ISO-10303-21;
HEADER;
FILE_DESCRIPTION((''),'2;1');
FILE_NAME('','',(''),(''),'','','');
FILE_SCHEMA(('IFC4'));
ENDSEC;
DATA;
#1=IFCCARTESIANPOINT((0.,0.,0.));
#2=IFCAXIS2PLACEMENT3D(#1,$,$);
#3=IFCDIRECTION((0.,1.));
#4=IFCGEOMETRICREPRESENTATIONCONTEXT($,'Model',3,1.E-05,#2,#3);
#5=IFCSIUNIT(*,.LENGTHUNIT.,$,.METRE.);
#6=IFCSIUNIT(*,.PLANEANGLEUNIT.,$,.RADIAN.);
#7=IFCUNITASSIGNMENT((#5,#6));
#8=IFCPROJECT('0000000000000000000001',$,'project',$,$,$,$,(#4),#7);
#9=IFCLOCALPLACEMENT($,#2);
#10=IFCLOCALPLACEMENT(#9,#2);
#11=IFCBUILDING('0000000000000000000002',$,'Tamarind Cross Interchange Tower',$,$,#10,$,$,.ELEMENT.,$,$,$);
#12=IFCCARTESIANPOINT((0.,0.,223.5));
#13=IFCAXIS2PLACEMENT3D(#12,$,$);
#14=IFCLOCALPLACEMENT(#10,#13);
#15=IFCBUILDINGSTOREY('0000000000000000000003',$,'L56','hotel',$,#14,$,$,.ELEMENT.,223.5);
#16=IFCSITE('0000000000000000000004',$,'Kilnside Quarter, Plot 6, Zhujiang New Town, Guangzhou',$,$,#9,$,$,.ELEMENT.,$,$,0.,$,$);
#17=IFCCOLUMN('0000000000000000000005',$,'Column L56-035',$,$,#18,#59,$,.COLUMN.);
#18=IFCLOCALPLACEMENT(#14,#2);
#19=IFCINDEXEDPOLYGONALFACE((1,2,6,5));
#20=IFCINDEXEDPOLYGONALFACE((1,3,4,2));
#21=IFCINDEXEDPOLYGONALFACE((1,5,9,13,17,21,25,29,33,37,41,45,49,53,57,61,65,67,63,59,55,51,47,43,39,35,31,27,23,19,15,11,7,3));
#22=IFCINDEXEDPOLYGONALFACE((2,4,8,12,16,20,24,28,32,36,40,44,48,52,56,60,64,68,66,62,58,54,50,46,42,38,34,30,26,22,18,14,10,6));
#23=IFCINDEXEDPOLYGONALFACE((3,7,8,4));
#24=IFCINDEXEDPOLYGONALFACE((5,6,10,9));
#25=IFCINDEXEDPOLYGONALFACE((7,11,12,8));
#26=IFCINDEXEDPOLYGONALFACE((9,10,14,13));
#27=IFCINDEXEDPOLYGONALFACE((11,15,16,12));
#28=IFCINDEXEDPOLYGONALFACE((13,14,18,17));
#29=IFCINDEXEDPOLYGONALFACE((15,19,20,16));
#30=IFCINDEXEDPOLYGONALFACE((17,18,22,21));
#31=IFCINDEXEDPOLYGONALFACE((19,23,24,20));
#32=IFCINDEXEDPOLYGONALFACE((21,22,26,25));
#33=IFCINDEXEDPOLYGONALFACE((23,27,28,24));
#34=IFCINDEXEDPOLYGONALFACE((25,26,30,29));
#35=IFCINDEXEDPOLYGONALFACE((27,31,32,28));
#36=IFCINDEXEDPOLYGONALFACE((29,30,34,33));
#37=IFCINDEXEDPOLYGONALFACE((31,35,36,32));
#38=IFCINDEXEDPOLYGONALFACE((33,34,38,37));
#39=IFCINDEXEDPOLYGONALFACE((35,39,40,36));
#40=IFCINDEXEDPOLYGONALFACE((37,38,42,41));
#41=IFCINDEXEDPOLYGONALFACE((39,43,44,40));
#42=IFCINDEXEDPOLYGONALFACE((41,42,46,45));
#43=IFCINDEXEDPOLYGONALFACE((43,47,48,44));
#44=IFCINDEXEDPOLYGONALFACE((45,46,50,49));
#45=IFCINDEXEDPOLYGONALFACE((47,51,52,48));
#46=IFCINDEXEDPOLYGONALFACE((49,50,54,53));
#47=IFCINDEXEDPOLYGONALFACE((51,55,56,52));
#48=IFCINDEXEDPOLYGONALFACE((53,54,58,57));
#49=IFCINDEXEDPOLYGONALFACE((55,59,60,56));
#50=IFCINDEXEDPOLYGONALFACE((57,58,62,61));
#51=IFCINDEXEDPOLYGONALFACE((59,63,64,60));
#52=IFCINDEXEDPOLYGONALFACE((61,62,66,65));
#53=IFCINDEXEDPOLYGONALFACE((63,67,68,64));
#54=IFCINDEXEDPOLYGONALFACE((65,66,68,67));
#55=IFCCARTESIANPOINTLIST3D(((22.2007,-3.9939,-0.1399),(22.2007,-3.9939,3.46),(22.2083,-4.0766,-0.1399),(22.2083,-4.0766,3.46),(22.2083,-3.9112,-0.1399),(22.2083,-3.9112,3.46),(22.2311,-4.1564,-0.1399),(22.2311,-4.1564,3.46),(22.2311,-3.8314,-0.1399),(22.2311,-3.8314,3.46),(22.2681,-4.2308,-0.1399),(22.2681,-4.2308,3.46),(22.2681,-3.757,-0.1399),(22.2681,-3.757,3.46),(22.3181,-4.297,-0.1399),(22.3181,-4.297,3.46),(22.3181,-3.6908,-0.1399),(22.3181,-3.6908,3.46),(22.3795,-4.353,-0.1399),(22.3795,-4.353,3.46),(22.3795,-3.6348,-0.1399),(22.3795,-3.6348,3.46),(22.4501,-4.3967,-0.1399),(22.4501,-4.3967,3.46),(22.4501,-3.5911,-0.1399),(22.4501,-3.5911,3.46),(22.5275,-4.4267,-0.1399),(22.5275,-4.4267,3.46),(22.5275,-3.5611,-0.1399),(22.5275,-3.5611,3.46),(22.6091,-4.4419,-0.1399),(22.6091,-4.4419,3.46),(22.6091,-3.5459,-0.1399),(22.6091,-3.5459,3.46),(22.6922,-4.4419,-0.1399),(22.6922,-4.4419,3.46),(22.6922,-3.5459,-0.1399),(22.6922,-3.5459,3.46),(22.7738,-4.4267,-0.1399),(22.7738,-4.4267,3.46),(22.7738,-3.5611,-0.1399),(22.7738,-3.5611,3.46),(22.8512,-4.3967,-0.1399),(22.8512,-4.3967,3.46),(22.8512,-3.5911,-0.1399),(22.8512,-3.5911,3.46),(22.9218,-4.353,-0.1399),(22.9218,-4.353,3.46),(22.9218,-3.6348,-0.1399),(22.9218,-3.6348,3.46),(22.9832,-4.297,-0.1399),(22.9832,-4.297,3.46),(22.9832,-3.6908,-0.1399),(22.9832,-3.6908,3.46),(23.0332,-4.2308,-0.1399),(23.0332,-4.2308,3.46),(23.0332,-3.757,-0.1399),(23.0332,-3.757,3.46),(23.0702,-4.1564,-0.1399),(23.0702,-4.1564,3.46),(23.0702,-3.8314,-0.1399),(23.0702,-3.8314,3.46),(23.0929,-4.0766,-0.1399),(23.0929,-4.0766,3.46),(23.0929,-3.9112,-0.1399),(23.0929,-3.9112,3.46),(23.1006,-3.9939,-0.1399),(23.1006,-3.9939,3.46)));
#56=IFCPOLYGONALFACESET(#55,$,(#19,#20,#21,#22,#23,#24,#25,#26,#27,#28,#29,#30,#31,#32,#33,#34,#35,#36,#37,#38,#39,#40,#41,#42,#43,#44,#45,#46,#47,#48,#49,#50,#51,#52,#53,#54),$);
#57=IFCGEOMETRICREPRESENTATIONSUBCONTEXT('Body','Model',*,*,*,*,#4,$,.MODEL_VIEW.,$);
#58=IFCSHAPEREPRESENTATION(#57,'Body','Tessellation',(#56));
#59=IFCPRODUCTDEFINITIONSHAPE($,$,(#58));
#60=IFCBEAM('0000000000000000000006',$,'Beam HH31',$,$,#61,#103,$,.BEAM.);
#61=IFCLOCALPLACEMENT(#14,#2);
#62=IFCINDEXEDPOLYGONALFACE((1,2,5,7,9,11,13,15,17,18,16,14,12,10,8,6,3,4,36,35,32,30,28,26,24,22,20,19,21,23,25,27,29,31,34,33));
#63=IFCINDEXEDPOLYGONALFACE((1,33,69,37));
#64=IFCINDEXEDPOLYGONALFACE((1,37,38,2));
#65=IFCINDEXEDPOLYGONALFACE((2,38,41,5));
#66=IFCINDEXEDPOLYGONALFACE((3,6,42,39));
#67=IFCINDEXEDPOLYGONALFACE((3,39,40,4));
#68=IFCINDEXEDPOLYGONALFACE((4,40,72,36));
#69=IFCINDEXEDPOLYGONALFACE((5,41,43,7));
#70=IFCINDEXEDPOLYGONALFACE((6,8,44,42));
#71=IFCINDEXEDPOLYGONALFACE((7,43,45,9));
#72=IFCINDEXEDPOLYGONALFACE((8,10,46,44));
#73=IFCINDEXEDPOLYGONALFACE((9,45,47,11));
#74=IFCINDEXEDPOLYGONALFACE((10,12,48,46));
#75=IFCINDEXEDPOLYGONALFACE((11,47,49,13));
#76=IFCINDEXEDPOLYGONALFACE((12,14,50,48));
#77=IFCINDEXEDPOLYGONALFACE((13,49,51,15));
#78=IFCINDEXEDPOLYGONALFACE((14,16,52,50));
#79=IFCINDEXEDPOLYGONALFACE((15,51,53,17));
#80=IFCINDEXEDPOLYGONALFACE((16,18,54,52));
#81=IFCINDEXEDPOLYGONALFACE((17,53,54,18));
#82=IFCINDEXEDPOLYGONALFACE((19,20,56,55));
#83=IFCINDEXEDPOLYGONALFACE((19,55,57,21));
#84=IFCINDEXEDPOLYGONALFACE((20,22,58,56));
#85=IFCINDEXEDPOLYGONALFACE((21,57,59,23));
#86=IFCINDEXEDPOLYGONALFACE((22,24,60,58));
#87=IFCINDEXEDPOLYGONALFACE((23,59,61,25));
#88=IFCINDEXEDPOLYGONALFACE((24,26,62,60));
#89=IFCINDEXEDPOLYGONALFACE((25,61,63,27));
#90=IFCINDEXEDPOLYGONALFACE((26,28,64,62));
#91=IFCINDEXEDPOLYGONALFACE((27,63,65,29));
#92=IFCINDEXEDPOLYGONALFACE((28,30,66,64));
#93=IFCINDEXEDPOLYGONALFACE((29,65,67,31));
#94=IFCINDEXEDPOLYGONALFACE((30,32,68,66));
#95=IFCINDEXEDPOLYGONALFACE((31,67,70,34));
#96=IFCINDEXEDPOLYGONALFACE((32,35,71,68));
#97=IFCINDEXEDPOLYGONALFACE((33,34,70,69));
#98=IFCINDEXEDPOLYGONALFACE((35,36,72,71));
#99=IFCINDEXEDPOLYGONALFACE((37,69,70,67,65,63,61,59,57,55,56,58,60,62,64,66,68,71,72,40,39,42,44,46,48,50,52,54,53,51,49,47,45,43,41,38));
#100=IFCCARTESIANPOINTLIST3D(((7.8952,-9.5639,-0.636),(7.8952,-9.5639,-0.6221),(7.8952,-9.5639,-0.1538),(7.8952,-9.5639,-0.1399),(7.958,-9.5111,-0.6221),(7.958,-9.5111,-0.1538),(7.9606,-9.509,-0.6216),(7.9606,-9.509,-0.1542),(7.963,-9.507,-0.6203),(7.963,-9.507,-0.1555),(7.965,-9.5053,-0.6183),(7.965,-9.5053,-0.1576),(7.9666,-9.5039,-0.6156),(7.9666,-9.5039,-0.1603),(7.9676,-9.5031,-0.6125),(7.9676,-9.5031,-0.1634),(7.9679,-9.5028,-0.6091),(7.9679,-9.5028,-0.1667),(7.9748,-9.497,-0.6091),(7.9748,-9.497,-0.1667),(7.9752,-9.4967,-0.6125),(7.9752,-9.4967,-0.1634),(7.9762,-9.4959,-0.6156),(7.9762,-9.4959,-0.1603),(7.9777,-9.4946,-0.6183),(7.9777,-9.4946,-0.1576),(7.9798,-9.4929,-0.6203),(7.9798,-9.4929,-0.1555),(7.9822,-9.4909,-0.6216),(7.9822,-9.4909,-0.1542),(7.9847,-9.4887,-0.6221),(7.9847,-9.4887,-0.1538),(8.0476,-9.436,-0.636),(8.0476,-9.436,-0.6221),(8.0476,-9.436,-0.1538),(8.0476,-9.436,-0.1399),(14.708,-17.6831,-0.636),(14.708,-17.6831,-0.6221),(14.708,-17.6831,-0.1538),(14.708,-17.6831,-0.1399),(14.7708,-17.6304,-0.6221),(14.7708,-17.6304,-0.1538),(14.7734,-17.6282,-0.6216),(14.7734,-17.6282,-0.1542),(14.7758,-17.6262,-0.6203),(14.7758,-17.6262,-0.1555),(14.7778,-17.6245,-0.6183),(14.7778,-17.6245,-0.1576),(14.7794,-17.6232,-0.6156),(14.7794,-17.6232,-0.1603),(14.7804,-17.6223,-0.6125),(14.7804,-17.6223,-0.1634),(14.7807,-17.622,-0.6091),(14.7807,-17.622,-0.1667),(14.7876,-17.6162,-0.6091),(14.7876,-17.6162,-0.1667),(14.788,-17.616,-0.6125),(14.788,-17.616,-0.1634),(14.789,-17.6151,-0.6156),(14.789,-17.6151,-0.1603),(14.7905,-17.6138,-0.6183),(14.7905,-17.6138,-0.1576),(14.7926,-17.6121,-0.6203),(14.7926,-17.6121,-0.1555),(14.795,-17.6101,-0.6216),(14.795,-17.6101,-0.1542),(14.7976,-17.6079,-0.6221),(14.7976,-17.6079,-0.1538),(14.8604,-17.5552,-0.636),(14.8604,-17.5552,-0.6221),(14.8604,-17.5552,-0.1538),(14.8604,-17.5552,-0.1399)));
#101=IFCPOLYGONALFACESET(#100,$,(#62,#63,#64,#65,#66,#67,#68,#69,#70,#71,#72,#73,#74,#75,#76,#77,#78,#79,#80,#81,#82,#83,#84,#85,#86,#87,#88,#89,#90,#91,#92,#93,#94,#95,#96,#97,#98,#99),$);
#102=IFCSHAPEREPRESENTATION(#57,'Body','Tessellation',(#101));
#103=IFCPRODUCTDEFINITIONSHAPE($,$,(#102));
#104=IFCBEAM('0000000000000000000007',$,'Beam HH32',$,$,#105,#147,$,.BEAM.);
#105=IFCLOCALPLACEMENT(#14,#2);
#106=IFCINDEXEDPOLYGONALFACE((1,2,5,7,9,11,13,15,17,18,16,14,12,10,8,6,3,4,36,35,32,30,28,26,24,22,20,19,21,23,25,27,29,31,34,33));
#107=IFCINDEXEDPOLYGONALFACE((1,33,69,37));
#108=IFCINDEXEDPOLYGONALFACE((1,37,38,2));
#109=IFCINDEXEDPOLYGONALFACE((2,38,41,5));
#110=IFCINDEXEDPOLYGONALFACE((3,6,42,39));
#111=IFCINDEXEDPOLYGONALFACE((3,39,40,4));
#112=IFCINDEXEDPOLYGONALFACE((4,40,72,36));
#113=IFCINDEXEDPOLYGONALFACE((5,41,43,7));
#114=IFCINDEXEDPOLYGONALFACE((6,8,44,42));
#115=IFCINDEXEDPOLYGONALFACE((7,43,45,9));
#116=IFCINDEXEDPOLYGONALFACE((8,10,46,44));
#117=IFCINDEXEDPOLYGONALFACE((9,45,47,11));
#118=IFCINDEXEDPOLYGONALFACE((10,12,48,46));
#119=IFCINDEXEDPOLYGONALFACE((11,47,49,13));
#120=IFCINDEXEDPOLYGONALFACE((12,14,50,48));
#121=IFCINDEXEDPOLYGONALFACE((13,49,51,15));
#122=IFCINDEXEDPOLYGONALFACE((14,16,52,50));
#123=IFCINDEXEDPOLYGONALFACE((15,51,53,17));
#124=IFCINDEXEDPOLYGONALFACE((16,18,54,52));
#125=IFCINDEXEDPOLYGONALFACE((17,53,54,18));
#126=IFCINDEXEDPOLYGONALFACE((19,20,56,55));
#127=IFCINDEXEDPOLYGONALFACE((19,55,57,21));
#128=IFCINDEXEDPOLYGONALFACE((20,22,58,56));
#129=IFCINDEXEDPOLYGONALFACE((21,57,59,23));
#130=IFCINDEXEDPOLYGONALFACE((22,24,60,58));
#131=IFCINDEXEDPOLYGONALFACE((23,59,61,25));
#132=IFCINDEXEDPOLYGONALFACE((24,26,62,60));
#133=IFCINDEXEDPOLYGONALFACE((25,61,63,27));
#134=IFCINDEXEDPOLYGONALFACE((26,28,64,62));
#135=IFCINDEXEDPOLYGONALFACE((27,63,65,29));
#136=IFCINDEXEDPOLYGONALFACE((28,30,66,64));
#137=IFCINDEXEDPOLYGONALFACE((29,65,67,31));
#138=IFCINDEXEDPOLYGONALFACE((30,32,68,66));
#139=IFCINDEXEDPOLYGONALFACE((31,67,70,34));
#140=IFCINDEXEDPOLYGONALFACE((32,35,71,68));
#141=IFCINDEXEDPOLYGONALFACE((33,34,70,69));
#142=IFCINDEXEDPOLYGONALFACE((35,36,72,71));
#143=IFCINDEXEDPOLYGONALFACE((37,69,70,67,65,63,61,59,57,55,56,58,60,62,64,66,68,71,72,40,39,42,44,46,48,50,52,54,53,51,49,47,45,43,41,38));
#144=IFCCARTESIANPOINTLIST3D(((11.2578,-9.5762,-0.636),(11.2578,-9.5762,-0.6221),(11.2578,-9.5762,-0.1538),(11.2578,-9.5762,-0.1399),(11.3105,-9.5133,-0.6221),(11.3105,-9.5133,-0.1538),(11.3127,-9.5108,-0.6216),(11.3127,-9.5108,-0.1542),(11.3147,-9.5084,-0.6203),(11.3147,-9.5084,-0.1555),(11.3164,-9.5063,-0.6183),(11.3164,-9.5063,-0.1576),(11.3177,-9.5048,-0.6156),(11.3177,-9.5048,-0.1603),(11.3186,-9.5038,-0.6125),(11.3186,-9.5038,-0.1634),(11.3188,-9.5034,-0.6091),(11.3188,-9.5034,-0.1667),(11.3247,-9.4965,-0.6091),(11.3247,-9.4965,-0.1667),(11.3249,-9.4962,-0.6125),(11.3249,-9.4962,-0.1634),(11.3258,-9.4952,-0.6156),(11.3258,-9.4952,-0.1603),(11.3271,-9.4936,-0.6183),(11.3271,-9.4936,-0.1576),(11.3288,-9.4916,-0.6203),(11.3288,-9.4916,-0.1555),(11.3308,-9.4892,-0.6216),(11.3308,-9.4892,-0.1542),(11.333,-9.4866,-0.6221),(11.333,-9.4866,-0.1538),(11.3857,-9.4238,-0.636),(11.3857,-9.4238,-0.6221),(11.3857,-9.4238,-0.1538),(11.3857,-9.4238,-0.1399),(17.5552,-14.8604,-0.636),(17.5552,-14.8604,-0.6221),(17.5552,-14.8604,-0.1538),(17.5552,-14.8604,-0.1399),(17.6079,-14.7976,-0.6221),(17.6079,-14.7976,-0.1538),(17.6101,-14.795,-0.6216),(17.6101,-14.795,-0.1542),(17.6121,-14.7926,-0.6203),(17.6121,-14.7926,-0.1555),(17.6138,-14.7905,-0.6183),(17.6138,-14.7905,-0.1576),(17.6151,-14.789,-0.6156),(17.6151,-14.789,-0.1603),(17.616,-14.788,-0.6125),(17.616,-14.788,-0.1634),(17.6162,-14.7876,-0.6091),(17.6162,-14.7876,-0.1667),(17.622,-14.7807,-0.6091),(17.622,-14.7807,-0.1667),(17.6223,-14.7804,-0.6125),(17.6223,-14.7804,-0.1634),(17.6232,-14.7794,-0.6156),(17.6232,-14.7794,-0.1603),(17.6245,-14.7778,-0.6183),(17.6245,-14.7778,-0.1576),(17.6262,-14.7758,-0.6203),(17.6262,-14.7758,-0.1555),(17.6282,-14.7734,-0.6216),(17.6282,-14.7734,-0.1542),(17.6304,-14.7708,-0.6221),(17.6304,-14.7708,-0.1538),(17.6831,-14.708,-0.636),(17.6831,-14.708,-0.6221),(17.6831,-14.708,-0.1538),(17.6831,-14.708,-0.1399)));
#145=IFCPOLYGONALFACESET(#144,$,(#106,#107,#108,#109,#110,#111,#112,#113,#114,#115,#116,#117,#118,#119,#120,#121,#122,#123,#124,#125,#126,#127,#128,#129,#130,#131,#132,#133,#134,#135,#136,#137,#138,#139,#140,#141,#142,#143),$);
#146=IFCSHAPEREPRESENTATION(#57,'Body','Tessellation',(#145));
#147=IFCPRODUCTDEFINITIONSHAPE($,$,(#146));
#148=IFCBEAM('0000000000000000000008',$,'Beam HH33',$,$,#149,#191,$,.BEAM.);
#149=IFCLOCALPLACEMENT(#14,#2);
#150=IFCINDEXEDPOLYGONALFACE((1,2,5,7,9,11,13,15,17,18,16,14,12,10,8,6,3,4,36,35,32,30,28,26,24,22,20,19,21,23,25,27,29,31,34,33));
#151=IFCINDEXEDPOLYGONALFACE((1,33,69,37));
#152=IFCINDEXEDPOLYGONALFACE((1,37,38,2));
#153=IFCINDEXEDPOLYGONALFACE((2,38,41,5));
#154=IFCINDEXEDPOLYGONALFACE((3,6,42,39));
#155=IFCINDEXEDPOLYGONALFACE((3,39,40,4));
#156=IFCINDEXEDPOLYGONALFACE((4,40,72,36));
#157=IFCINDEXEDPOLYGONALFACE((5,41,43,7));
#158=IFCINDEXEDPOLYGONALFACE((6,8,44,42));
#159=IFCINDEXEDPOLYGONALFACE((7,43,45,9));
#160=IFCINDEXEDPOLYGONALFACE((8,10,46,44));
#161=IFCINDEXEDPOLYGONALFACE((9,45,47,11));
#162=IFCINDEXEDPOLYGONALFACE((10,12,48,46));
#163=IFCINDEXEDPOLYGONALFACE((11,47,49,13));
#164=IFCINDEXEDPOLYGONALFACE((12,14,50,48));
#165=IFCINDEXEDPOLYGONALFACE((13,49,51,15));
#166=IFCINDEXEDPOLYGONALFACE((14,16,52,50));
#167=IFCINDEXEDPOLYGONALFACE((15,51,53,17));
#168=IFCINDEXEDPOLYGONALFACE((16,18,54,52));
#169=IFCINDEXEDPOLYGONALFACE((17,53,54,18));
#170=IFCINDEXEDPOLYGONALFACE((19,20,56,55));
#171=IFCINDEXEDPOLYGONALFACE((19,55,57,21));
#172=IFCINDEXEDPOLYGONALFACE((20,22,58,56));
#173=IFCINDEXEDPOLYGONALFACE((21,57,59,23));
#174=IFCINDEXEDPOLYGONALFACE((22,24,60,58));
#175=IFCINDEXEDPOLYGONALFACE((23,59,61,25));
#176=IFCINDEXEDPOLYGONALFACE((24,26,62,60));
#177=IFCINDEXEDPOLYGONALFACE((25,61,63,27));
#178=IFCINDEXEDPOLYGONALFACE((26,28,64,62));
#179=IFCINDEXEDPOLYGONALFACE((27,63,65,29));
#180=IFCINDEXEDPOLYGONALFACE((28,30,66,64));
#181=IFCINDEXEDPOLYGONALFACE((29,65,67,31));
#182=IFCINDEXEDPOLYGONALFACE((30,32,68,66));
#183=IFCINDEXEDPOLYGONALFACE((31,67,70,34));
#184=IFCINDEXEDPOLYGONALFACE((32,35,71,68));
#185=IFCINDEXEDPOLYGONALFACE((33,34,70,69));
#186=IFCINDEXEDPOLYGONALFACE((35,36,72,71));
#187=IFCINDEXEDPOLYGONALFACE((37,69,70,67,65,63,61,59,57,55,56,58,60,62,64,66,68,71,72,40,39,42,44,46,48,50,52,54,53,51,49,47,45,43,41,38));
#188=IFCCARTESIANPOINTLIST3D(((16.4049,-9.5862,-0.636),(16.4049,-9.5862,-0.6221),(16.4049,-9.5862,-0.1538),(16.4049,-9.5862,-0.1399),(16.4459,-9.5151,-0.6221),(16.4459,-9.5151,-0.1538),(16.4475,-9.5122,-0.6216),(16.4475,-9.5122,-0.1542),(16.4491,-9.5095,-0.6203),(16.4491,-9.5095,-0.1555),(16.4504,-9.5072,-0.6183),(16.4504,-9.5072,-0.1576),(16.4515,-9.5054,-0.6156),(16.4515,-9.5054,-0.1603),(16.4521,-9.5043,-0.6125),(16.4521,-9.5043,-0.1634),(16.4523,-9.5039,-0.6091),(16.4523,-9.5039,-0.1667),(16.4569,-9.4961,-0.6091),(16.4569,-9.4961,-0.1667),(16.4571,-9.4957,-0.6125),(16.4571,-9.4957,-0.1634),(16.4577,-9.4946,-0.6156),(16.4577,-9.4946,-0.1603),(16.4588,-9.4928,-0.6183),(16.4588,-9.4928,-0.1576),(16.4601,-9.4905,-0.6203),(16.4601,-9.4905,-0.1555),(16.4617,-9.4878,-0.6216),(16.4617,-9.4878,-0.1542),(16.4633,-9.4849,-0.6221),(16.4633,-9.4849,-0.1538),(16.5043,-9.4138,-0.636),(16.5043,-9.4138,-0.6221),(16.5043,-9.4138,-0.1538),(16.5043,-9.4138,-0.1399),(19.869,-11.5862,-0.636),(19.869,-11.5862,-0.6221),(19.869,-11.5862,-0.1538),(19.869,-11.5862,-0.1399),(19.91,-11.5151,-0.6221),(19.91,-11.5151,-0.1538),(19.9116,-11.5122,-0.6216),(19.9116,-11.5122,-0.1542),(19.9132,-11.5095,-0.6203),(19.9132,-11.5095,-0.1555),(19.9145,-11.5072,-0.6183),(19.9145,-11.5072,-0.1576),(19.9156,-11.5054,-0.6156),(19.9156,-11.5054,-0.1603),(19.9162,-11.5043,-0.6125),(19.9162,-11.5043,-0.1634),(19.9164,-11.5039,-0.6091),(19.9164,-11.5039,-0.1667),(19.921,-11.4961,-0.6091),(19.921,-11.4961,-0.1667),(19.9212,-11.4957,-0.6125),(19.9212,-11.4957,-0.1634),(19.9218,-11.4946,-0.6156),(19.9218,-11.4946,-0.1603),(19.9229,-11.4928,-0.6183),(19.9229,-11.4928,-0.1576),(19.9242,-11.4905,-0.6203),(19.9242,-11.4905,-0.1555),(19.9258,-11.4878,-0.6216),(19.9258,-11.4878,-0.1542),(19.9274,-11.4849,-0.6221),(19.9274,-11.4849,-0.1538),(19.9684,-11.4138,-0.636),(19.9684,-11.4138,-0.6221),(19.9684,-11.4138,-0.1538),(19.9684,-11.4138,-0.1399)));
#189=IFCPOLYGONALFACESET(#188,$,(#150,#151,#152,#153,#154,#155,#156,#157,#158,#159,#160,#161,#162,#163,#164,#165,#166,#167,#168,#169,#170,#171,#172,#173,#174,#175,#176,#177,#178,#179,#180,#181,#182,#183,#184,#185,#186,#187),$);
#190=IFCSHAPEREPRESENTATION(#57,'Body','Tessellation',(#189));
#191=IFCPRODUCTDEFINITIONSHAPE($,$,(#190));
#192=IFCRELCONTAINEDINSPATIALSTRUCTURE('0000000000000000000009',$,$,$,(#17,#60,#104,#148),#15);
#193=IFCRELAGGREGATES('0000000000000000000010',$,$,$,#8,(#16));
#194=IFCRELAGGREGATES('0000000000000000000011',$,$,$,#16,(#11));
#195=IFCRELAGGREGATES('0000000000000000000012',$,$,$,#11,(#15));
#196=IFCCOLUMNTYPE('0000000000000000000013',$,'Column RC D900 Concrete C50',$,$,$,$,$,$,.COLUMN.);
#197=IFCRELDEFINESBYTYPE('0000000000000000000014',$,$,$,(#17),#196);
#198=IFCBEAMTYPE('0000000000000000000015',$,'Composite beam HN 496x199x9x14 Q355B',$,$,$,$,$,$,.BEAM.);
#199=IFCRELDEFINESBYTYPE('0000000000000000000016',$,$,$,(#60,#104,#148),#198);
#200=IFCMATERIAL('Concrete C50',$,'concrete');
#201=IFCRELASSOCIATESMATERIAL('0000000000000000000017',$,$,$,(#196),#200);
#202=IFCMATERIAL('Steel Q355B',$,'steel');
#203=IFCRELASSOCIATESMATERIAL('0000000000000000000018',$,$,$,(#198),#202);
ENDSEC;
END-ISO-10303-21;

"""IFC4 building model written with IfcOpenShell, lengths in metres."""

from ifc_helpers import new_model, si_unit, direction, frame, origin, origin_2d, place, context, subcontext, project, spatial, circle, i_section, extrude, material, material_profile, profile_set, type_object, element, save


model = new_model("IFC4")

# Units and contexts
model_context = context("Model", 3, precision=1e-05, world=origin(), true_north=direction((0.0, 1.0)))
body_context = subcontext(model_context, "Body", "Model", "MODEL_VIEW")
ifc_project = project(units=[si_unit("LENGTHUNIT", "METRE"), si_unit("PLANEANGLEUNIT", "RADIAN")], contexts=[model_context])

# Site, building, storey
site_placement = place(None, origin())
site = spatial("IfcSite", under=ifc_project, at=site_placement, Name="Kilnside Quarter, Plot 6, Zhujiang New Town, Guangzhou", CompositionType="ELEMENT", RefElevation=0.0)
building_placement = place(site_placement, origin())
building = spatial("IfcBuilding", under=site, at=building_placement, Name="Tamarind Cross Interchange Tower", CompositionType="ELEMENT")
storey_placement = place(building_placement, frame((0.0, 0.0, 223.5)))
storey = spatial("IfcBuildingStorey", under=building, at=storey_placement, Name="L56", Description="hotel", CompositionType="ELEMENT", Elevation=223.5)

# Column
ifc_material_1 = material(Name="Concrete C50", Category="concrete")
ifc_material_profile_1 = material_profile(ifc_material_1, circle(Radius=0.45, at=origin_2d()), Name="RC D900")
ifc_profile_set_1 = profile_set([ifc_material_profile_1], Name="Concrete C50")
column_type = type_object("IfcColumnType", Name="Column RC D900 Concrete C50", PredefinedType="COLUMN", material=ifc_profile_set_1)
for number, where, z_axis, x_axis, name in (
    (1, (22.6506, -3.9939, -0.1399), (0.0, 0.0, 1.0), (1.0, 0.0, 0.0), "Column L56-035"),
):
    element("IfcColumn", number, at=place(storey_placement, frame(where, z_axis=z_axis, x_axis=x_axis)), inside=storey, type_object=column_type, Name=name, PredefinedType="COLUMN", context=body_context, shape_type="SweptSolid", body=[
        extrude(circle(Radius=0.45, at=origin_2d()), origin(), (0.0, 0.0, 1.0), 3.5999),
    ])

# Beams
ifc_material_2 = material(Name="Steel Q355B", Category="steel")
ifc_material_profile_2 = material_profile(ifc_material_2, i_section(OverallWidth=0.199, OverallDepth=0.4961, WebThickness=0.009, FlangeThickness=0.0139, FilletRadius=0.0129, at=origin_2d()), Name="HN 496x199x9x14")
ifc_profile_set_2 = profile_set([ifc_material_profile_2], Name="Steel Q355B")
beam_type = type_object("IfcBeamType", Name="Composite beam HN 496x199x9x14 Q355B", PredefinedType="BEAM", material=ifc_profile_set_2)
beam_1_placement = place(storey_placement, frame((14.7842, -17.6191, -0.3879), z_axis=(-0.642786, 0.766046, 0.0), x_axis=(-0.766046, -0.642786, 0.0)))
element("IfcBeam", 2, at=beam_1_placement, inside=storey, type_object=beam_type, Name="Beam HH31", PredefinedType="BEAM", context=body_context, shape_type="SweptSolid", body=[
    extrude(i_section(OverallWidth=0.199, OverallDepth=0.4961, WebThickness=0.009, FlangeThickness=0.0139, FilletRadius=0.0129, at=origin_2d()), origin(), (0.0, 0.0, 1.0), 10.5989),
])
beam_2_placement = place(storey_placement, frame((17.6191, -14.7842, -0.3879), z_axis=(-0.766041, 0.642792, 0.0), x_axis=(-0.642792, -0.766041, 0.0)))
element("IfcBeam", 3, at=beam_2_placement, inside=storey, type_object=beam_type, Name="Beam HH32", PredefinedType="BEAM", context=body_context, shape_type="SweptSolid", body=[
    extrude(i_section(OverallWidth=0.199, OverallDepth=0.4961, WebThickness=0.009, FlangeThickness=0.0139, FilletRadius=0.0129, at=origin_2d()), origin(), (0.0, 0.0, 1.0), 8.2207),
])
beam_3_placement = place(storey_placement, frame((19.9187, -11.5, -0.3879), z_axis=(-0.866026, 0.499999, 0.0), x_axis=(-0.499999, -0.866026, 0.0)))
element("IfcBeam", 4, at=beam_3_placement, inside=storey, type_object=beam_type, Name="Beam HH33", PredefinedType="BEAM", context=body_context, shape_type="SweptSolid", body=[
    extrude(i_section(OverallWidth=0.199, OverallDepth=0.4961, WebThickness=0.009, FlangeThickness=0.0139, FilletRadius=0.0129, at=origin_2d()), origin(), (0.0, 0.0, 1.0), 4.0),
])

save(model, "model.ifc")
